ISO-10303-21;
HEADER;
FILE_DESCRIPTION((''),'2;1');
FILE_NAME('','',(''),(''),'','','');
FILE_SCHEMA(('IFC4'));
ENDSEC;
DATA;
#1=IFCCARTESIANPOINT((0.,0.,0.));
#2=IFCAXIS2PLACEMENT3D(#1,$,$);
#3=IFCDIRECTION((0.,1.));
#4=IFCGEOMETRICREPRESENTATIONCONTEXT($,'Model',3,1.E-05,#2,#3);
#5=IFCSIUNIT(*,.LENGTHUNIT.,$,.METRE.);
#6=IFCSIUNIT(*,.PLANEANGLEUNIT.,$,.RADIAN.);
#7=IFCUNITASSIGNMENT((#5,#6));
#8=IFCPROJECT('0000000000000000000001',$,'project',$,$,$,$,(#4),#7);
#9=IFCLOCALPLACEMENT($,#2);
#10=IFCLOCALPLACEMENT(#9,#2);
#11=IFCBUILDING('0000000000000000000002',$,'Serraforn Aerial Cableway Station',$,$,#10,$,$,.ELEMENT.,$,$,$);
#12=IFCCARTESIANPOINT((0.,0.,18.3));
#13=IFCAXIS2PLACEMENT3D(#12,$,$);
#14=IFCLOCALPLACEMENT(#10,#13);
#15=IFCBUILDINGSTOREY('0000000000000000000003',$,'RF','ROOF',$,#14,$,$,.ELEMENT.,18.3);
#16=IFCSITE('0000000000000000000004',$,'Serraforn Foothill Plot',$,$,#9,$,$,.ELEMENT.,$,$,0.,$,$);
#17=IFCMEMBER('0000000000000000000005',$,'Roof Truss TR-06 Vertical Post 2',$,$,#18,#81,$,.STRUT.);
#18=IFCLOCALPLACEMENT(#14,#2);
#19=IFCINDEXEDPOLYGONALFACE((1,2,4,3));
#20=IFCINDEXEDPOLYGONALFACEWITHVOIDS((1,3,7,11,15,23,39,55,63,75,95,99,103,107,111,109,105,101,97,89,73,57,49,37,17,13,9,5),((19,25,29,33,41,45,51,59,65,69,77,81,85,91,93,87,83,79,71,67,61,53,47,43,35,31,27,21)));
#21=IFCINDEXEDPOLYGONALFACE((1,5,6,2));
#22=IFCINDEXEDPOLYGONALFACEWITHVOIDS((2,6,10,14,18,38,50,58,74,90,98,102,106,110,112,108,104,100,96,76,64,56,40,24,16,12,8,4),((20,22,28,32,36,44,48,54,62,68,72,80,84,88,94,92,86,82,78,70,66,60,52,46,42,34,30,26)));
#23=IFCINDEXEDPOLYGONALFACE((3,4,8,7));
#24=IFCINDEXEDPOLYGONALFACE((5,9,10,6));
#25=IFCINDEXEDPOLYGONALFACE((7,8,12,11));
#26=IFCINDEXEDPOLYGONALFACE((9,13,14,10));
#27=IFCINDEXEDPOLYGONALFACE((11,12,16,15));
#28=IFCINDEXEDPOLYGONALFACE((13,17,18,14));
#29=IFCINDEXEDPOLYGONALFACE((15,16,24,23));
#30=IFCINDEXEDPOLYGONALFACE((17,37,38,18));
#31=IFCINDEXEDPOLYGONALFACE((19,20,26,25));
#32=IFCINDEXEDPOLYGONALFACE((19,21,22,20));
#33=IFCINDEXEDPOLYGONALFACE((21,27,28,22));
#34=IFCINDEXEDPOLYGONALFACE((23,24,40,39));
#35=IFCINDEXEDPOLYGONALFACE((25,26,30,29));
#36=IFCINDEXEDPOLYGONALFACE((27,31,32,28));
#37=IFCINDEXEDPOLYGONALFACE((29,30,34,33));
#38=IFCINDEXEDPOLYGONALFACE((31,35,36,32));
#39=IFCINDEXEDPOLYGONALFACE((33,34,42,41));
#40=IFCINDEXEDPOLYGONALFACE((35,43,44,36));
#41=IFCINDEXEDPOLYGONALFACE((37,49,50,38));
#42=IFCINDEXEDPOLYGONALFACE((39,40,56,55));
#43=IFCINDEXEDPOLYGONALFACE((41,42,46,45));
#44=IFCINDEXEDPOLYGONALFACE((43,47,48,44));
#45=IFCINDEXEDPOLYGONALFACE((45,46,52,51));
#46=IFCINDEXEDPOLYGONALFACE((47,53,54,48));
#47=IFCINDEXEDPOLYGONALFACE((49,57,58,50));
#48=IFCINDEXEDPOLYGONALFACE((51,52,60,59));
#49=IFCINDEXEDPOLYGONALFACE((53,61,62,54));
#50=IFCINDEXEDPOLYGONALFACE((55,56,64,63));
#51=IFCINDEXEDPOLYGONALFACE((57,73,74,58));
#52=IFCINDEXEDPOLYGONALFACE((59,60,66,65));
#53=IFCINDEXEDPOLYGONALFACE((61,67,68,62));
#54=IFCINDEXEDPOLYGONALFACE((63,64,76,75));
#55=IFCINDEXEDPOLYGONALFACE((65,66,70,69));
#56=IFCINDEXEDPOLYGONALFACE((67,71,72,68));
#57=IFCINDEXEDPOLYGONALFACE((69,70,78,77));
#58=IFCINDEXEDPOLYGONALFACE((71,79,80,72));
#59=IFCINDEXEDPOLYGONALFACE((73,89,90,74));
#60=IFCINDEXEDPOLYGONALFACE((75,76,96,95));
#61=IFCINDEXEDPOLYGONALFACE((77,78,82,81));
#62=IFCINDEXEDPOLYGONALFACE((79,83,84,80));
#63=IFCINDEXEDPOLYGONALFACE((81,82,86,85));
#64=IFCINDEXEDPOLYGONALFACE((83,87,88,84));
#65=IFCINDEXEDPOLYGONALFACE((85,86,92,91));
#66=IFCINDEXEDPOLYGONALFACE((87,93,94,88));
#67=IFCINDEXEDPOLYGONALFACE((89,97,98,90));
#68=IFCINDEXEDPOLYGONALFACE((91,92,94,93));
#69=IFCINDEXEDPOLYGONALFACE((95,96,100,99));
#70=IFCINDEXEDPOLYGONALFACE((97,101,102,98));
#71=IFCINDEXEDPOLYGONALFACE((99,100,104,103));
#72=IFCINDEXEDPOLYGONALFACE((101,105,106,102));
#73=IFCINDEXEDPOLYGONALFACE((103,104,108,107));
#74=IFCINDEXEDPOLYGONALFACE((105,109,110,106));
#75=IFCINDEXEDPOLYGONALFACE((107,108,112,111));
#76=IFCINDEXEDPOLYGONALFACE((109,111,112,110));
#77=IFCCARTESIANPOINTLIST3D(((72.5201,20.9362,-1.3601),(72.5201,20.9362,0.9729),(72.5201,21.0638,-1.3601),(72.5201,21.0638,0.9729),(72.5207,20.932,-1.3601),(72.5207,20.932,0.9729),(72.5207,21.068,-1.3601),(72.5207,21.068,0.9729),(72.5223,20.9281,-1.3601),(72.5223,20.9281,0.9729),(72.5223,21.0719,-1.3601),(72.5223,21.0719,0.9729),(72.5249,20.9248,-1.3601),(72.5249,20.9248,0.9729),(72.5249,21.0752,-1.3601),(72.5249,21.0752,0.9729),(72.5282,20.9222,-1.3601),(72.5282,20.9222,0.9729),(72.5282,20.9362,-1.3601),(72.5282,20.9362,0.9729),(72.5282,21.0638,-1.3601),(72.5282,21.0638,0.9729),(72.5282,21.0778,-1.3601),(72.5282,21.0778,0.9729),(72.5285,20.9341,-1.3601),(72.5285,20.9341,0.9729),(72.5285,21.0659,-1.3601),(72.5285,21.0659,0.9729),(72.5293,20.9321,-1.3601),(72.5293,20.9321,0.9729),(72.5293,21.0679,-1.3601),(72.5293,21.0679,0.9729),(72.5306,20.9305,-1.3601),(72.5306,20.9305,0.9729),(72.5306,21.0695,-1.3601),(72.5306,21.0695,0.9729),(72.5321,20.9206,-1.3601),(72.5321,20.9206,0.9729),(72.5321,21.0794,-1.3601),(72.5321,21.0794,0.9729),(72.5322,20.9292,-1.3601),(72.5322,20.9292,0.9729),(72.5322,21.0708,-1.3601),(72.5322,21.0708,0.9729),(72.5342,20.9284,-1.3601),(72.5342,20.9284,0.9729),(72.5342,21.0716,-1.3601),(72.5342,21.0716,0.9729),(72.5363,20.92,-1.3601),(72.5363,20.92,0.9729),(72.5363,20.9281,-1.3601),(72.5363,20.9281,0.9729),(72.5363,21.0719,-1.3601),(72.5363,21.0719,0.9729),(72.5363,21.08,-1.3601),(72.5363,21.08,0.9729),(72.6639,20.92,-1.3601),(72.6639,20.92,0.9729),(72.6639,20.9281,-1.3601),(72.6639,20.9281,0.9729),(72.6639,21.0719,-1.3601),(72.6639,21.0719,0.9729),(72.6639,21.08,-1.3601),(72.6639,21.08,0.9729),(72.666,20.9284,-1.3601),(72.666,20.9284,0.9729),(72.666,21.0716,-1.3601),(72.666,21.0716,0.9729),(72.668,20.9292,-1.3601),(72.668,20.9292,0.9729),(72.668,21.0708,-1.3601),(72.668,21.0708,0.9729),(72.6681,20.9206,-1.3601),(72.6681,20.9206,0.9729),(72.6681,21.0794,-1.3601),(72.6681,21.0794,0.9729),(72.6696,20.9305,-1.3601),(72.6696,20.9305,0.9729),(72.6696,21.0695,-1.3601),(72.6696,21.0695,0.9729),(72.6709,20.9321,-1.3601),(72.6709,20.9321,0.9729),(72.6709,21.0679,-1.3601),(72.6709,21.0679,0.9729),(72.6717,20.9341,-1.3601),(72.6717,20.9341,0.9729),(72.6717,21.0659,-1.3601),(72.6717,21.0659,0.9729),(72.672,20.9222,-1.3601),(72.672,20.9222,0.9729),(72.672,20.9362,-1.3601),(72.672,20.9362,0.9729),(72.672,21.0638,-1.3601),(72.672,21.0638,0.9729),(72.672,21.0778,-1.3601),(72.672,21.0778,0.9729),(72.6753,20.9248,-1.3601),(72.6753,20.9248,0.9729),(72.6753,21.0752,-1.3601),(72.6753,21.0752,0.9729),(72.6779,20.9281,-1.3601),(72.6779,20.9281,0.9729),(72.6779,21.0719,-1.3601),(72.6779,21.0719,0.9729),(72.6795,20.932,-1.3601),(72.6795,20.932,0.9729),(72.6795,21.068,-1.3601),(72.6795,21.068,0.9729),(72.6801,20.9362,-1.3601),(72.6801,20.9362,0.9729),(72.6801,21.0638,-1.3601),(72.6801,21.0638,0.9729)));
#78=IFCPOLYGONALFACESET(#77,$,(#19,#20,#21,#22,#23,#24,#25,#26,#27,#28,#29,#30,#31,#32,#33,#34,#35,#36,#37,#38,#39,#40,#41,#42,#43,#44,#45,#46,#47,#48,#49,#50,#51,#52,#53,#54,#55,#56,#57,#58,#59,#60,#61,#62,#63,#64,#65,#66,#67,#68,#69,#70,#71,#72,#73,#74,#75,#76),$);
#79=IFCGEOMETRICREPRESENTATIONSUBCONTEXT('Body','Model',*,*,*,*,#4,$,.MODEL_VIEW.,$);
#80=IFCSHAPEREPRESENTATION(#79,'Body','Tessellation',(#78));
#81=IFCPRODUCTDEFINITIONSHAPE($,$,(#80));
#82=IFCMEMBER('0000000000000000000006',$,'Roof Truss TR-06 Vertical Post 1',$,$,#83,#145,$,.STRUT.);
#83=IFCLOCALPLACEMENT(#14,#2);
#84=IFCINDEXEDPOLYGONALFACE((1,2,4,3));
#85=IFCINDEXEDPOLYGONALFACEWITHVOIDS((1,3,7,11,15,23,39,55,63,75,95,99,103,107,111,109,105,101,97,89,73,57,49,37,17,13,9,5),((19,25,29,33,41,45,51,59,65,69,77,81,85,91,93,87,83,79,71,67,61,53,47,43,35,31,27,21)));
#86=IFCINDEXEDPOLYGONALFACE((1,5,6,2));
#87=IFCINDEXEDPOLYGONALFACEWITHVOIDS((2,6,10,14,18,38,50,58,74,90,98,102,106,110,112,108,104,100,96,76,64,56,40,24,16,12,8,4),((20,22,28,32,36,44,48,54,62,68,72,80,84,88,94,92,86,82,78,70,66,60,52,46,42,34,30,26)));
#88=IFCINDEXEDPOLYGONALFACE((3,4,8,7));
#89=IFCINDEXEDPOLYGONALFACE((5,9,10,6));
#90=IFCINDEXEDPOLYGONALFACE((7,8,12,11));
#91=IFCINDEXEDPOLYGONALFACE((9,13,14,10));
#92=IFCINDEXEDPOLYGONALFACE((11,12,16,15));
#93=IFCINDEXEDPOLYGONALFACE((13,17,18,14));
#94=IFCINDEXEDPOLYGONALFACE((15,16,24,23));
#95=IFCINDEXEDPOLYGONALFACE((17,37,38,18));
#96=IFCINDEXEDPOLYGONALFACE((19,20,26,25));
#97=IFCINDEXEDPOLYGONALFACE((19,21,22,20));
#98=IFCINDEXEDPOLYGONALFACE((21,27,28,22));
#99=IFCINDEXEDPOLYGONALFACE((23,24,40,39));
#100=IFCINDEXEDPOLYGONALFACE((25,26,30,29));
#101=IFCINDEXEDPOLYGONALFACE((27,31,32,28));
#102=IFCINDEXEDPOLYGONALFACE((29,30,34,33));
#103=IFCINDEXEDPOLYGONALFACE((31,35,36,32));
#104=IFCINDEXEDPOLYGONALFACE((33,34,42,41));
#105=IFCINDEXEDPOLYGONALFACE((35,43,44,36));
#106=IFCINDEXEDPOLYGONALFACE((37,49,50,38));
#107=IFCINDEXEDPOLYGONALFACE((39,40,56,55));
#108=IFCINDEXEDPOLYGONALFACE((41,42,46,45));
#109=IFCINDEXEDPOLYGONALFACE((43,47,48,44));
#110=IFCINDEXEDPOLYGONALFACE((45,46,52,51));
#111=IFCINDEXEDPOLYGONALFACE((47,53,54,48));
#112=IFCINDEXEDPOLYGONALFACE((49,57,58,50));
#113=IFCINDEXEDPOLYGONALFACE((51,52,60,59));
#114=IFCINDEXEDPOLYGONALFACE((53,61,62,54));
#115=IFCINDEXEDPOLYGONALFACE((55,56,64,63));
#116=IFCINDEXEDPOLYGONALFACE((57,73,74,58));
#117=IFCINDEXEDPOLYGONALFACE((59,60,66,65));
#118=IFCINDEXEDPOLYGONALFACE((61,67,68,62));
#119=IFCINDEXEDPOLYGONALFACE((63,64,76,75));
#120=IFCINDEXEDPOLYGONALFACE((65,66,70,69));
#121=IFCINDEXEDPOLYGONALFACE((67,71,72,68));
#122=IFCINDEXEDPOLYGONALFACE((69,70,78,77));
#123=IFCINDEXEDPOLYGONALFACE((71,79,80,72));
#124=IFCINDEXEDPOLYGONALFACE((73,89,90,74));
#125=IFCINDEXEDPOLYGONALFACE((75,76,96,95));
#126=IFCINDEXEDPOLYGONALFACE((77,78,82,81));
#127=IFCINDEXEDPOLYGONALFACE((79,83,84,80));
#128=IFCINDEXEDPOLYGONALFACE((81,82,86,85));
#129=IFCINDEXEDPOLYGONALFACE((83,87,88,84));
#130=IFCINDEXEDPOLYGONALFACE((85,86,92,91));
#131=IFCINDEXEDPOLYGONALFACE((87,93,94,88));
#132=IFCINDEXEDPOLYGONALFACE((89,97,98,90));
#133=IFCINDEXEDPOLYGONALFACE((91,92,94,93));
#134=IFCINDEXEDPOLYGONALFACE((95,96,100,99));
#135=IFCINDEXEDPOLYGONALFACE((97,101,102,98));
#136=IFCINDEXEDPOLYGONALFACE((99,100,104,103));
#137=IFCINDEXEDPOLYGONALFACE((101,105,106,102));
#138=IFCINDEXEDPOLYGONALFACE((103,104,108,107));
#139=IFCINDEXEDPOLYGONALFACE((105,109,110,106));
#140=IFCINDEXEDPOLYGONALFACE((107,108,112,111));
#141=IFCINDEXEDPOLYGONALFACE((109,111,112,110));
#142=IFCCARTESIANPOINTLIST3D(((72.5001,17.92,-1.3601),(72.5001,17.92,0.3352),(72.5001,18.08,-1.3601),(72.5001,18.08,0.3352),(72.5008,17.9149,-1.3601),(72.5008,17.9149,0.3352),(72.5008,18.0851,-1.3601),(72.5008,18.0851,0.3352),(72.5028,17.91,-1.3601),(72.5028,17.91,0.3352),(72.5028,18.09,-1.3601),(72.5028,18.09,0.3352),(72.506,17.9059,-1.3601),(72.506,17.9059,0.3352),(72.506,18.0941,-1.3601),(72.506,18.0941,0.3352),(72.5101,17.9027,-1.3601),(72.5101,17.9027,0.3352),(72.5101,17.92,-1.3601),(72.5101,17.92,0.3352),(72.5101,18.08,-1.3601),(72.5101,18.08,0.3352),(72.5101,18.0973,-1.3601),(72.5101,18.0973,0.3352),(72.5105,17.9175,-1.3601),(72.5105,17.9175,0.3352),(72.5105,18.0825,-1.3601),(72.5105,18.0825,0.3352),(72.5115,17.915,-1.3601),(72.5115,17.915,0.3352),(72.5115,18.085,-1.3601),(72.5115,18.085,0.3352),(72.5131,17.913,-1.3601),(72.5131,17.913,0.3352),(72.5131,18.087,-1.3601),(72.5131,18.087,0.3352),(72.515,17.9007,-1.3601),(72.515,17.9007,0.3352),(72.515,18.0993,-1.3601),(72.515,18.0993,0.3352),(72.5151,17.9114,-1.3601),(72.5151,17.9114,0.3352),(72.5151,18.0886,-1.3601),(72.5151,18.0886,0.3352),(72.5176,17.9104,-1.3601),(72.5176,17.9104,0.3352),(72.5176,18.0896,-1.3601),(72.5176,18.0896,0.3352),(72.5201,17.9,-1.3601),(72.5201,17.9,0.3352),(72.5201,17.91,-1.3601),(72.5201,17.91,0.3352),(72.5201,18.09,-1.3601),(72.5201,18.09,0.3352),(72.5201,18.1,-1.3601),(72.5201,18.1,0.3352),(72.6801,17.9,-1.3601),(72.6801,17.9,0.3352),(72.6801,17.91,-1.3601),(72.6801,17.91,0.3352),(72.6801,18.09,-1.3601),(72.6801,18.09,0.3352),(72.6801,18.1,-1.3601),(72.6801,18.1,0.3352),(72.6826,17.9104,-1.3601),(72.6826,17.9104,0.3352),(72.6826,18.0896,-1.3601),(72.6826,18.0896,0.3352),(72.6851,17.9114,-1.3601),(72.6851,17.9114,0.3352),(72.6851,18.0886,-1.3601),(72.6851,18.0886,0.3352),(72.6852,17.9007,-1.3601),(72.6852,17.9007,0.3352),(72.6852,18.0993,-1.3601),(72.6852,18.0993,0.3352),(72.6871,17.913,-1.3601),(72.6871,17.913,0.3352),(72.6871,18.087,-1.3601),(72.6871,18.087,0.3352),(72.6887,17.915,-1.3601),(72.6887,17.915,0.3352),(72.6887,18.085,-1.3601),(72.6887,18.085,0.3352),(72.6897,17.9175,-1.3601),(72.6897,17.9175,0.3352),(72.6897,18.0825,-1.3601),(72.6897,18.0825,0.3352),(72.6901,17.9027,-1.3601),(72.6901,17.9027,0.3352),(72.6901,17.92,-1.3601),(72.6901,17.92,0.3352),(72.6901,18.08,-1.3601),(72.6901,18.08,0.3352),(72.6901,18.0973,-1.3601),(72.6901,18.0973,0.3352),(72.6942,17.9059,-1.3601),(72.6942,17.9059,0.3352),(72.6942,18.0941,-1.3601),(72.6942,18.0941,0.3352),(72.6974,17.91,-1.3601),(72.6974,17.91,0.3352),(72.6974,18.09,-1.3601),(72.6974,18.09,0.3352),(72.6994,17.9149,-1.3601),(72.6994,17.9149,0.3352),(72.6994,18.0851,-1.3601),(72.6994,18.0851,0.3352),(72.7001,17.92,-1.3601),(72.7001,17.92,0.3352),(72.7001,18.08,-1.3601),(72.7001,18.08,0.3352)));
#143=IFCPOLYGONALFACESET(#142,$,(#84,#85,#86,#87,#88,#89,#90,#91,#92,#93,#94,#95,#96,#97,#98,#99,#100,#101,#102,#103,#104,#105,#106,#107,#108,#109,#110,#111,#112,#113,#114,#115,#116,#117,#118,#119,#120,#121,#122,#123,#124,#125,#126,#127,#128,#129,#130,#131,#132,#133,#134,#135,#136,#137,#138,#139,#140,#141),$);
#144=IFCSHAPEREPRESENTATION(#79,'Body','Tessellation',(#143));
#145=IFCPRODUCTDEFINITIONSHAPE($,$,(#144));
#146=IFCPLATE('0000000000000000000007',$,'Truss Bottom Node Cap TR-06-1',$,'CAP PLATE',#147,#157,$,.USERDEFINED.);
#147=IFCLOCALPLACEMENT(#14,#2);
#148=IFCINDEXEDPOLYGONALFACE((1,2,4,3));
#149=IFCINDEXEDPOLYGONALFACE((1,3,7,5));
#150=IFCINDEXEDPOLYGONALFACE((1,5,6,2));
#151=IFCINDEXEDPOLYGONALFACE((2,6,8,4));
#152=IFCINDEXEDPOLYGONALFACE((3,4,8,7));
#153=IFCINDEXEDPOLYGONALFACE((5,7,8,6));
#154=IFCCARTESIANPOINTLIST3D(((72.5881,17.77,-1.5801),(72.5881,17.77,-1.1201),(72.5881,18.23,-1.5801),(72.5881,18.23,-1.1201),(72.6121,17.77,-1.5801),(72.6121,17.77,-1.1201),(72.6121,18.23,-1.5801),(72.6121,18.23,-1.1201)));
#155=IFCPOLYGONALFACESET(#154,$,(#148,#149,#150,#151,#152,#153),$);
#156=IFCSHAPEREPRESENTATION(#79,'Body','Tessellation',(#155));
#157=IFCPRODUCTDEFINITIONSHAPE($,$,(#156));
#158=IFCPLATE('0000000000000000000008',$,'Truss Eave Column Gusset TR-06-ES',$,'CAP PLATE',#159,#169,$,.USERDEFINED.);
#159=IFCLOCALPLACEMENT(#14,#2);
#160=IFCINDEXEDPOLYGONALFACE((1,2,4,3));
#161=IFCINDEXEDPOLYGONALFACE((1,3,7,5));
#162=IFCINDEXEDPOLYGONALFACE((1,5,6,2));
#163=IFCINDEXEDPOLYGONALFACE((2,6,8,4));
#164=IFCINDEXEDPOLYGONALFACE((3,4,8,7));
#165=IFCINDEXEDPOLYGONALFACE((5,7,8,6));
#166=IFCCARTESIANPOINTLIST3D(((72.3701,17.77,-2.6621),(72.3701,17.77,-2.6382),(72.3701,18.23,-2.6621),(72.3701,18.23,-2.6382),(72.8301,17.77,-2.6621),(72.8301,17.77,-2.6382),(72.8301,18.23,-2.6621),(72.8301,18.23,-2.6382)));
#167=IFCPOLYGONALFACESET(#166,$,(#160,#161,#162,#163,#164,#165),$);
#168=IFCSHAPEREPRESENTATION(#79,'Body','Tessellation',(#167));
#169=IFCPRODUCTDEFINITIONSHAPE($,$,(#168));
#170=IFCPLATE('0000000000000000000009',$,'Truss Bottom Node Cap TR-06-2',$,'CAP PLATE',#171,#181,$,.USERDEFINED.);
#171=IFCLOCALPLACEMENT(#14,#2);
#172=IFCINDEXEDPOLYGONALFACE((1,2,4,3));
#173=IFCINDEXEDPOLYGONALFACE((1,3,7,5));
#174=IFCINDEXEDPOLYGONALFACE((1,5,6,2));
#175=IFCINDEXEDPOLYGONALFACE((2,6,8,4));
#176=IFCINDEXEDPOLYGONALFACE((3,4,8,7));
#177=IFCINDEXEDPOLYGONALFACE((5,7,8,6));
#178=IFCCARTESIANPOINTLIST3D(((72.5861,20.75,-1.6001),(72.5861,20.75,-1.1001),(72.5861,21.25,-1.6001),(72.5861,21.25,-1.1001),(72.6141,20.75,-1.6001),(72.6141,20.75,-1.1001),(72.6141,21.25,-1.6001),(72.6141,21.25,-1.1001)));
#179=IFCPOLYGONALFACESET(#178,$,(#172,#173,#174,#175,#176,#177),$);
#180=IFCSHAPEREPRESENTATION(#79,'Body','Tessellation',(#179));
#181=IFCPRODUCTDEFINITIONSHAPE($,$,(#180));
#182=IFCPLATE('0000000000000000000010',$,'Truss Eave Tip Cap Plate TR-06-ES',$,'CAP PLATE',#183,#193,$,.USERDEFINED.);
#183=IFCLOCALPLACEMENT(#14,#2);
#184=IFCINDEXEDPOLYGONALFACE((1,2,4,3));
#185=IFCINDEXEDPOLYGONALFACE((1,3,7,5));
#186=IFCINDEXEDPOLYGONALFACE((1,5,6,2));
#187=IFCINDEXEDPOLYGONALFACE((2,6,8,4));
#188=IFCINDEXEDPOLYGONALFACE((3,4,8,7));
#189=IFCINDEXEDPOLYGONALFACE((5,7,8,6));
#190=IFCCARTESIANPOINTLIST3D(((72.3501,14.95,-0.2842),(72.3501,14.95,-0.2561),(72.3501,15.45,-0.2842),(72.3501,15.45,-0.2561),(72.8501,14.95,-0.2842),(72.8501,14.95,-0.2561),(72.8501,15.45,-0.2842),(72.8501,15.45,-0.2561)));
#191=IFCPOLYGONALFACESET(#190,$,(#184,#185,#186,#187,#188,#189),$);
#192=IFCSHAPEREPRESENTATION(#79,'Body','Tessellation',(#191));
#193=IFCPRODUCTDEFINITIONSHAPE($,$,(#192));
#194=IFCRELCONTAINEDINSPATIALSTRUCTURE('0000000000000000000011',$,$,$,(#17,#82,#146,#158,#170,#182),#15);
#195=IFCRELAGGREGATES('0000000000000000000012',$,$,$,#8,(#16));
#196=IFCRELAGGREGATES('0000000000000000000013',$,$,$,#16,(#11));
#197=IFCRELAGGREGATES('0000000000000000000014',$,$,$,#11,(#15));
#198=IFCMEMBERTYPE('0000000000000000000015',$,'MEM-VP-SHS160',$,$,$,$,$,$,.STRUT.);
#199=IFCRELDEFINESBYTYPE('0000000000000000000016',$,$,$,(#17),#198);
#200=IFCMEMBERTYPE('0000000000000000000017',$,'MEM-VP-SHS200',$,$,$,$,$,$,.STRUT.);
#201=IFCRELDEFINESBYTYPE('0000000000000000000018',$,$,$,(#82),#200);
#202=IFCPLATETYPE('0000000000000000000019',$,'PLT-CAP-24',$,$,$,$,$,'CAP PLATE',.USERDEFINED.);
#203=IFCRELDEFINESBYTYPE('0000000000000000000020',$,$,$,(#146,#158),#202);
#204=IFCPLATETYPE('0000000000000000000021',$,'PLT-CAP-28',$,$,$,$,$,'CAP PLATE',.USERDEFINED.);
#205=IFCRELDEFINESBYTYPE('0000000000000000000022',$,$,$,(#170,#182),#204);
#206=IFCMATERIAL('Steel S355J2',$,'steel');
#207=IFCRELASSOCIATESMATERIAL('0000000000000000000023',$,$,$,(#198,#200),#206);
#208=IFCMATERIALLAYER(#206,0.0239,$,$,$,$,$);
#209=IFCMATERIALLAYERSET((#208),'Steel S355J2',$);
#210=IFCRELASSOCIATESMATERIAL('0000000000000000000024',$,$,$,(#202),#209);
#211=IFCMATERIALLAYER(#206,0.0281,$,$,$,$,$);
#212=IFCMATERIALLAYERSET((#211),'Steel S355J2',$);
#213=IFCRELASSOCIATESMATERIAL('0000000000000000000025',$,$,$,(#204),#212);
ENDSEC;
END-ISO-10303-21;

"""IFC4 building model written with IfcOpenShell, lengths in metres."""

from ifc_helpers import new_model, si_unit, direction, frame, origin, origin_2d, place, context, subcontext, project, spatial, rectangle, hollow_rectangle, extrude, material, layer, layer_set, material_profile, profile_set, type_object, element, save


model = new_model("IFC4")

# Units and contexts
model_context = context("Model", 3, precision=1e-05, world=origin(), true_north=direction((0.0, 1.0)))
body_context = subcontext(model_context, "Body", "Model", "MODEL_VIEW")
ifc_project = project(units=[si_unit("LENGTHUNIT", "METRE"), si_unit("PLANEANGLEUNIT", "RADIAN")], contexts=[model_context])

# Site, building, storey
site_placement = place(None, origin())
site = spatial("IfcSite", under=ifc_project, at=site_placement, Name="Serraforn Foothill Plot", CompositionType="ELEMENT", RefElevation=0.0)
building_placement = place(site_placement, origin())
building = spatial("IfcBuilding", under=site, at=building_placement, Name="Serraforn Aerial Cableway Station", CompositionType="ELEMENT")
storey_placement = place(building_placement, frame((0.0, 0.0, 18.3)))
storey = spatial("IfcBuildingStorey", under=building, at=storey_placement, Name="RF", Description="ROOF", CompositionType="ELEMENT", Elevation=18.3)

# Shared definitions
ifc_material_1 = material(Name="Steel S355J2", Category="steel")

# Members
ifc_material_profile_1 = material_profile(ifc_material_1, hollow_rectangle(XDim=0.1599, YDim=0.1599, WallThickness=0.0081, InnerFilletRadius=0.0081, OuterFilletRadius=0.0161, at=origin_2d()), Name="SHS 160x160x8.0")
ifc_profile_set_1 = profile_set([ifc_material_profile_1], Name="Steel S355J2")
member_type_1 = type_object("IfcMemberType", Name="MEM-VP-SHS160", PredefinedType="STRUT", material=ifc_profile_set_1)
member_1_placement = place(storey_placement, frame((72.6001, 21.0, -1.3601), z_axis=(0.0, 0.0, 1.0), x_axis=(1.0, 0.0, 0.0)))
element("IfcMember", 1, at=member_1_placement, inside=storey, type_object=member_type_1, Name="Roof Truss TR-06 Vertical Post 2", PredefinedType="STRUT", context=body_context, shape_type="SweptSolid", body=[
    extrude(hollow_rectangle(XDim=0.1599, YDim=0.1599, WallThickness=0.0081, InnerFilletRadius=0.0081, OuterFilletRadius=0.0161, at=origin_2d()), origin(), (0.0, 0.0, 1.0), 2.333),
])
ifc_material_profile_2 = material_profile(ifc_material_1, hollow_rectangle(XDim=0.2, YDim=0.2, WallThickness=0.01, InnerFilletRadius=0.01, OuterFilletRadius=0.02, at=origin_2d()), Name="SHS 200x200x10.0")
ifc_profile_set_2 = profile_set([ifc_material_profile_2], Name="Steel S355J2")
member_type_2 = type_object("IfcMemberType", Name="MEM-VP-SHS200", PredefinedType="STRUT", material=ifc_profile_set_2)
member_2_placement = place(storey_placement, frame((72.6001, 18.0, -1.3601), z_axis=(0.0, 0.0, 1.0), x_axis=(1.0, 0.0, 0.0)))
element("IfcMember", 2, at=member_2_placement, inside=storey, type_object=member_type_2, Name="Roof Truss TR-06 Vertical Post 1", PredefinedType="STRUT", context=body_context, shape_type="SweptSolid", body=[
    extrude(hollow_rectangle(XDim=0.2, YDim=0.2, WallThickness=0.01, InnerFilletRadius=0.01, OuterFilletRadius=0.02, at=origin_2d()), origin(), (0.0, 0.0, 1.0), 1.6953),
])

# Plates
ifc_layer_1 = layer(ifc_material_1, 0.0239)
ifc_layer_set_1 = layer_set([ifc_layer_1], Name="Steel S355J2")
plate_type_1 = type_object("IfcPlateType", Name="PLT-CAP-24", ElementType="CAP PLATE", PredefinedType="USERDEFINED", material=ifc_layer_set_1)
plate_1_placement = place(storey_placement, frame((72.6001, 18.0, -1.5801), z_axis=(0.0, 0.0, 1.0), x_axis=(1.0, 0.0, 0.0)))
element("IfcPlate", 3, at=plate_1_placement, inside=storey, type_object=plate_type_1, Name="Truss Bottom Node Cap TR-06-1", ObjectType="CAP PLATE", PredefinedType="USERDEFINED", context=body_context, shape_type="SweptSolid", body=[
    extrude(rectangle(XDim=0.0239, YDim=0.46, at=origin_2d()), origin(), (0.0, 0.0, 1.0), 0.46),
])
plate_2_placement = place(storey_placement, frame((72.6001, 18.0, -2.6621), z_axis=(0.0, 0.0, 1.0), x_axis=(1.0, 0.0, 0.0)))
element("IfcPlate", 4, at=plate_2_placement, inside=storey, type_object=plate_type_1, Name="Truss Eave Column Gusset TR-06-ES", ObjectType="CAP PLATE", PredefinedType="USERDEFINED", context=body_context, shape_type="SweptSolid", body=[
    extrude(rectangle(XDim=0.46, YDim=0.46, at=origin_2d()), origin(), (0.0, 0.0, 1.0), 0.0239),
])
ifc_layer_2 = layer(ifc_material_1, 0.0281)
ifc_layer_set_2 = layer_set([ifc_layer_2], Name="Steel S355J2")
plate_type_2 = type_object("IfcPlateType", Name="PLT-CAP-28", ElementType="CAP PLATE", PredefinedType="USERDEFINED", material=ifc_layer_set_2)
plate_3_placement = place(storey_placement, frame((72.6001, 21.0, -1.6001), z_axis=(0.0, 0.0, 1.0), x_axis=(1.0, 0.0, 0.0)))
element("IfcPlate", 5, at=plate_3_placement, inside=storey, type_object=plate_type_2, Name="Truss Bottom Node Cap TR-06-2", ObjectType="CAP PLATE", PredefinedType="USERDEFINED", context=body_context, shape_type="SweptSolid", body=[
    extrude(rectangle(XDim=0.0281, YDim=0.5, at=origin_2d()), origin(), (0.0, 0.0, 1.0), 0.5),
])
for number, where, z_axis, x_axis, name in (
    (6, (72.6001, 15.2, -0.2842), (0.0, 0.0, 1.0), (1.0, 0.0, 0.0), "Truss Eave Tip Cap Plate TR-06-ES"),
):
    element("IfcPlate", number, at=place(storey_placement, frame(where, z_axis=z_axis, x_axis=x_axis)), inside=storey, type_object=plate_type_2, Name=name, ObjectType="CAP PLATE", PredefinedType="USERDEFINED", context=body_context, shape_type="SweptSolid", body=[
        extrude(rectangle(XDim=0.5, YDim=0.5, at=origin_2d()), origin(), (0.0, 0.0, 1.0), 0.0281),
    ])

save(model, "model.ifc")
